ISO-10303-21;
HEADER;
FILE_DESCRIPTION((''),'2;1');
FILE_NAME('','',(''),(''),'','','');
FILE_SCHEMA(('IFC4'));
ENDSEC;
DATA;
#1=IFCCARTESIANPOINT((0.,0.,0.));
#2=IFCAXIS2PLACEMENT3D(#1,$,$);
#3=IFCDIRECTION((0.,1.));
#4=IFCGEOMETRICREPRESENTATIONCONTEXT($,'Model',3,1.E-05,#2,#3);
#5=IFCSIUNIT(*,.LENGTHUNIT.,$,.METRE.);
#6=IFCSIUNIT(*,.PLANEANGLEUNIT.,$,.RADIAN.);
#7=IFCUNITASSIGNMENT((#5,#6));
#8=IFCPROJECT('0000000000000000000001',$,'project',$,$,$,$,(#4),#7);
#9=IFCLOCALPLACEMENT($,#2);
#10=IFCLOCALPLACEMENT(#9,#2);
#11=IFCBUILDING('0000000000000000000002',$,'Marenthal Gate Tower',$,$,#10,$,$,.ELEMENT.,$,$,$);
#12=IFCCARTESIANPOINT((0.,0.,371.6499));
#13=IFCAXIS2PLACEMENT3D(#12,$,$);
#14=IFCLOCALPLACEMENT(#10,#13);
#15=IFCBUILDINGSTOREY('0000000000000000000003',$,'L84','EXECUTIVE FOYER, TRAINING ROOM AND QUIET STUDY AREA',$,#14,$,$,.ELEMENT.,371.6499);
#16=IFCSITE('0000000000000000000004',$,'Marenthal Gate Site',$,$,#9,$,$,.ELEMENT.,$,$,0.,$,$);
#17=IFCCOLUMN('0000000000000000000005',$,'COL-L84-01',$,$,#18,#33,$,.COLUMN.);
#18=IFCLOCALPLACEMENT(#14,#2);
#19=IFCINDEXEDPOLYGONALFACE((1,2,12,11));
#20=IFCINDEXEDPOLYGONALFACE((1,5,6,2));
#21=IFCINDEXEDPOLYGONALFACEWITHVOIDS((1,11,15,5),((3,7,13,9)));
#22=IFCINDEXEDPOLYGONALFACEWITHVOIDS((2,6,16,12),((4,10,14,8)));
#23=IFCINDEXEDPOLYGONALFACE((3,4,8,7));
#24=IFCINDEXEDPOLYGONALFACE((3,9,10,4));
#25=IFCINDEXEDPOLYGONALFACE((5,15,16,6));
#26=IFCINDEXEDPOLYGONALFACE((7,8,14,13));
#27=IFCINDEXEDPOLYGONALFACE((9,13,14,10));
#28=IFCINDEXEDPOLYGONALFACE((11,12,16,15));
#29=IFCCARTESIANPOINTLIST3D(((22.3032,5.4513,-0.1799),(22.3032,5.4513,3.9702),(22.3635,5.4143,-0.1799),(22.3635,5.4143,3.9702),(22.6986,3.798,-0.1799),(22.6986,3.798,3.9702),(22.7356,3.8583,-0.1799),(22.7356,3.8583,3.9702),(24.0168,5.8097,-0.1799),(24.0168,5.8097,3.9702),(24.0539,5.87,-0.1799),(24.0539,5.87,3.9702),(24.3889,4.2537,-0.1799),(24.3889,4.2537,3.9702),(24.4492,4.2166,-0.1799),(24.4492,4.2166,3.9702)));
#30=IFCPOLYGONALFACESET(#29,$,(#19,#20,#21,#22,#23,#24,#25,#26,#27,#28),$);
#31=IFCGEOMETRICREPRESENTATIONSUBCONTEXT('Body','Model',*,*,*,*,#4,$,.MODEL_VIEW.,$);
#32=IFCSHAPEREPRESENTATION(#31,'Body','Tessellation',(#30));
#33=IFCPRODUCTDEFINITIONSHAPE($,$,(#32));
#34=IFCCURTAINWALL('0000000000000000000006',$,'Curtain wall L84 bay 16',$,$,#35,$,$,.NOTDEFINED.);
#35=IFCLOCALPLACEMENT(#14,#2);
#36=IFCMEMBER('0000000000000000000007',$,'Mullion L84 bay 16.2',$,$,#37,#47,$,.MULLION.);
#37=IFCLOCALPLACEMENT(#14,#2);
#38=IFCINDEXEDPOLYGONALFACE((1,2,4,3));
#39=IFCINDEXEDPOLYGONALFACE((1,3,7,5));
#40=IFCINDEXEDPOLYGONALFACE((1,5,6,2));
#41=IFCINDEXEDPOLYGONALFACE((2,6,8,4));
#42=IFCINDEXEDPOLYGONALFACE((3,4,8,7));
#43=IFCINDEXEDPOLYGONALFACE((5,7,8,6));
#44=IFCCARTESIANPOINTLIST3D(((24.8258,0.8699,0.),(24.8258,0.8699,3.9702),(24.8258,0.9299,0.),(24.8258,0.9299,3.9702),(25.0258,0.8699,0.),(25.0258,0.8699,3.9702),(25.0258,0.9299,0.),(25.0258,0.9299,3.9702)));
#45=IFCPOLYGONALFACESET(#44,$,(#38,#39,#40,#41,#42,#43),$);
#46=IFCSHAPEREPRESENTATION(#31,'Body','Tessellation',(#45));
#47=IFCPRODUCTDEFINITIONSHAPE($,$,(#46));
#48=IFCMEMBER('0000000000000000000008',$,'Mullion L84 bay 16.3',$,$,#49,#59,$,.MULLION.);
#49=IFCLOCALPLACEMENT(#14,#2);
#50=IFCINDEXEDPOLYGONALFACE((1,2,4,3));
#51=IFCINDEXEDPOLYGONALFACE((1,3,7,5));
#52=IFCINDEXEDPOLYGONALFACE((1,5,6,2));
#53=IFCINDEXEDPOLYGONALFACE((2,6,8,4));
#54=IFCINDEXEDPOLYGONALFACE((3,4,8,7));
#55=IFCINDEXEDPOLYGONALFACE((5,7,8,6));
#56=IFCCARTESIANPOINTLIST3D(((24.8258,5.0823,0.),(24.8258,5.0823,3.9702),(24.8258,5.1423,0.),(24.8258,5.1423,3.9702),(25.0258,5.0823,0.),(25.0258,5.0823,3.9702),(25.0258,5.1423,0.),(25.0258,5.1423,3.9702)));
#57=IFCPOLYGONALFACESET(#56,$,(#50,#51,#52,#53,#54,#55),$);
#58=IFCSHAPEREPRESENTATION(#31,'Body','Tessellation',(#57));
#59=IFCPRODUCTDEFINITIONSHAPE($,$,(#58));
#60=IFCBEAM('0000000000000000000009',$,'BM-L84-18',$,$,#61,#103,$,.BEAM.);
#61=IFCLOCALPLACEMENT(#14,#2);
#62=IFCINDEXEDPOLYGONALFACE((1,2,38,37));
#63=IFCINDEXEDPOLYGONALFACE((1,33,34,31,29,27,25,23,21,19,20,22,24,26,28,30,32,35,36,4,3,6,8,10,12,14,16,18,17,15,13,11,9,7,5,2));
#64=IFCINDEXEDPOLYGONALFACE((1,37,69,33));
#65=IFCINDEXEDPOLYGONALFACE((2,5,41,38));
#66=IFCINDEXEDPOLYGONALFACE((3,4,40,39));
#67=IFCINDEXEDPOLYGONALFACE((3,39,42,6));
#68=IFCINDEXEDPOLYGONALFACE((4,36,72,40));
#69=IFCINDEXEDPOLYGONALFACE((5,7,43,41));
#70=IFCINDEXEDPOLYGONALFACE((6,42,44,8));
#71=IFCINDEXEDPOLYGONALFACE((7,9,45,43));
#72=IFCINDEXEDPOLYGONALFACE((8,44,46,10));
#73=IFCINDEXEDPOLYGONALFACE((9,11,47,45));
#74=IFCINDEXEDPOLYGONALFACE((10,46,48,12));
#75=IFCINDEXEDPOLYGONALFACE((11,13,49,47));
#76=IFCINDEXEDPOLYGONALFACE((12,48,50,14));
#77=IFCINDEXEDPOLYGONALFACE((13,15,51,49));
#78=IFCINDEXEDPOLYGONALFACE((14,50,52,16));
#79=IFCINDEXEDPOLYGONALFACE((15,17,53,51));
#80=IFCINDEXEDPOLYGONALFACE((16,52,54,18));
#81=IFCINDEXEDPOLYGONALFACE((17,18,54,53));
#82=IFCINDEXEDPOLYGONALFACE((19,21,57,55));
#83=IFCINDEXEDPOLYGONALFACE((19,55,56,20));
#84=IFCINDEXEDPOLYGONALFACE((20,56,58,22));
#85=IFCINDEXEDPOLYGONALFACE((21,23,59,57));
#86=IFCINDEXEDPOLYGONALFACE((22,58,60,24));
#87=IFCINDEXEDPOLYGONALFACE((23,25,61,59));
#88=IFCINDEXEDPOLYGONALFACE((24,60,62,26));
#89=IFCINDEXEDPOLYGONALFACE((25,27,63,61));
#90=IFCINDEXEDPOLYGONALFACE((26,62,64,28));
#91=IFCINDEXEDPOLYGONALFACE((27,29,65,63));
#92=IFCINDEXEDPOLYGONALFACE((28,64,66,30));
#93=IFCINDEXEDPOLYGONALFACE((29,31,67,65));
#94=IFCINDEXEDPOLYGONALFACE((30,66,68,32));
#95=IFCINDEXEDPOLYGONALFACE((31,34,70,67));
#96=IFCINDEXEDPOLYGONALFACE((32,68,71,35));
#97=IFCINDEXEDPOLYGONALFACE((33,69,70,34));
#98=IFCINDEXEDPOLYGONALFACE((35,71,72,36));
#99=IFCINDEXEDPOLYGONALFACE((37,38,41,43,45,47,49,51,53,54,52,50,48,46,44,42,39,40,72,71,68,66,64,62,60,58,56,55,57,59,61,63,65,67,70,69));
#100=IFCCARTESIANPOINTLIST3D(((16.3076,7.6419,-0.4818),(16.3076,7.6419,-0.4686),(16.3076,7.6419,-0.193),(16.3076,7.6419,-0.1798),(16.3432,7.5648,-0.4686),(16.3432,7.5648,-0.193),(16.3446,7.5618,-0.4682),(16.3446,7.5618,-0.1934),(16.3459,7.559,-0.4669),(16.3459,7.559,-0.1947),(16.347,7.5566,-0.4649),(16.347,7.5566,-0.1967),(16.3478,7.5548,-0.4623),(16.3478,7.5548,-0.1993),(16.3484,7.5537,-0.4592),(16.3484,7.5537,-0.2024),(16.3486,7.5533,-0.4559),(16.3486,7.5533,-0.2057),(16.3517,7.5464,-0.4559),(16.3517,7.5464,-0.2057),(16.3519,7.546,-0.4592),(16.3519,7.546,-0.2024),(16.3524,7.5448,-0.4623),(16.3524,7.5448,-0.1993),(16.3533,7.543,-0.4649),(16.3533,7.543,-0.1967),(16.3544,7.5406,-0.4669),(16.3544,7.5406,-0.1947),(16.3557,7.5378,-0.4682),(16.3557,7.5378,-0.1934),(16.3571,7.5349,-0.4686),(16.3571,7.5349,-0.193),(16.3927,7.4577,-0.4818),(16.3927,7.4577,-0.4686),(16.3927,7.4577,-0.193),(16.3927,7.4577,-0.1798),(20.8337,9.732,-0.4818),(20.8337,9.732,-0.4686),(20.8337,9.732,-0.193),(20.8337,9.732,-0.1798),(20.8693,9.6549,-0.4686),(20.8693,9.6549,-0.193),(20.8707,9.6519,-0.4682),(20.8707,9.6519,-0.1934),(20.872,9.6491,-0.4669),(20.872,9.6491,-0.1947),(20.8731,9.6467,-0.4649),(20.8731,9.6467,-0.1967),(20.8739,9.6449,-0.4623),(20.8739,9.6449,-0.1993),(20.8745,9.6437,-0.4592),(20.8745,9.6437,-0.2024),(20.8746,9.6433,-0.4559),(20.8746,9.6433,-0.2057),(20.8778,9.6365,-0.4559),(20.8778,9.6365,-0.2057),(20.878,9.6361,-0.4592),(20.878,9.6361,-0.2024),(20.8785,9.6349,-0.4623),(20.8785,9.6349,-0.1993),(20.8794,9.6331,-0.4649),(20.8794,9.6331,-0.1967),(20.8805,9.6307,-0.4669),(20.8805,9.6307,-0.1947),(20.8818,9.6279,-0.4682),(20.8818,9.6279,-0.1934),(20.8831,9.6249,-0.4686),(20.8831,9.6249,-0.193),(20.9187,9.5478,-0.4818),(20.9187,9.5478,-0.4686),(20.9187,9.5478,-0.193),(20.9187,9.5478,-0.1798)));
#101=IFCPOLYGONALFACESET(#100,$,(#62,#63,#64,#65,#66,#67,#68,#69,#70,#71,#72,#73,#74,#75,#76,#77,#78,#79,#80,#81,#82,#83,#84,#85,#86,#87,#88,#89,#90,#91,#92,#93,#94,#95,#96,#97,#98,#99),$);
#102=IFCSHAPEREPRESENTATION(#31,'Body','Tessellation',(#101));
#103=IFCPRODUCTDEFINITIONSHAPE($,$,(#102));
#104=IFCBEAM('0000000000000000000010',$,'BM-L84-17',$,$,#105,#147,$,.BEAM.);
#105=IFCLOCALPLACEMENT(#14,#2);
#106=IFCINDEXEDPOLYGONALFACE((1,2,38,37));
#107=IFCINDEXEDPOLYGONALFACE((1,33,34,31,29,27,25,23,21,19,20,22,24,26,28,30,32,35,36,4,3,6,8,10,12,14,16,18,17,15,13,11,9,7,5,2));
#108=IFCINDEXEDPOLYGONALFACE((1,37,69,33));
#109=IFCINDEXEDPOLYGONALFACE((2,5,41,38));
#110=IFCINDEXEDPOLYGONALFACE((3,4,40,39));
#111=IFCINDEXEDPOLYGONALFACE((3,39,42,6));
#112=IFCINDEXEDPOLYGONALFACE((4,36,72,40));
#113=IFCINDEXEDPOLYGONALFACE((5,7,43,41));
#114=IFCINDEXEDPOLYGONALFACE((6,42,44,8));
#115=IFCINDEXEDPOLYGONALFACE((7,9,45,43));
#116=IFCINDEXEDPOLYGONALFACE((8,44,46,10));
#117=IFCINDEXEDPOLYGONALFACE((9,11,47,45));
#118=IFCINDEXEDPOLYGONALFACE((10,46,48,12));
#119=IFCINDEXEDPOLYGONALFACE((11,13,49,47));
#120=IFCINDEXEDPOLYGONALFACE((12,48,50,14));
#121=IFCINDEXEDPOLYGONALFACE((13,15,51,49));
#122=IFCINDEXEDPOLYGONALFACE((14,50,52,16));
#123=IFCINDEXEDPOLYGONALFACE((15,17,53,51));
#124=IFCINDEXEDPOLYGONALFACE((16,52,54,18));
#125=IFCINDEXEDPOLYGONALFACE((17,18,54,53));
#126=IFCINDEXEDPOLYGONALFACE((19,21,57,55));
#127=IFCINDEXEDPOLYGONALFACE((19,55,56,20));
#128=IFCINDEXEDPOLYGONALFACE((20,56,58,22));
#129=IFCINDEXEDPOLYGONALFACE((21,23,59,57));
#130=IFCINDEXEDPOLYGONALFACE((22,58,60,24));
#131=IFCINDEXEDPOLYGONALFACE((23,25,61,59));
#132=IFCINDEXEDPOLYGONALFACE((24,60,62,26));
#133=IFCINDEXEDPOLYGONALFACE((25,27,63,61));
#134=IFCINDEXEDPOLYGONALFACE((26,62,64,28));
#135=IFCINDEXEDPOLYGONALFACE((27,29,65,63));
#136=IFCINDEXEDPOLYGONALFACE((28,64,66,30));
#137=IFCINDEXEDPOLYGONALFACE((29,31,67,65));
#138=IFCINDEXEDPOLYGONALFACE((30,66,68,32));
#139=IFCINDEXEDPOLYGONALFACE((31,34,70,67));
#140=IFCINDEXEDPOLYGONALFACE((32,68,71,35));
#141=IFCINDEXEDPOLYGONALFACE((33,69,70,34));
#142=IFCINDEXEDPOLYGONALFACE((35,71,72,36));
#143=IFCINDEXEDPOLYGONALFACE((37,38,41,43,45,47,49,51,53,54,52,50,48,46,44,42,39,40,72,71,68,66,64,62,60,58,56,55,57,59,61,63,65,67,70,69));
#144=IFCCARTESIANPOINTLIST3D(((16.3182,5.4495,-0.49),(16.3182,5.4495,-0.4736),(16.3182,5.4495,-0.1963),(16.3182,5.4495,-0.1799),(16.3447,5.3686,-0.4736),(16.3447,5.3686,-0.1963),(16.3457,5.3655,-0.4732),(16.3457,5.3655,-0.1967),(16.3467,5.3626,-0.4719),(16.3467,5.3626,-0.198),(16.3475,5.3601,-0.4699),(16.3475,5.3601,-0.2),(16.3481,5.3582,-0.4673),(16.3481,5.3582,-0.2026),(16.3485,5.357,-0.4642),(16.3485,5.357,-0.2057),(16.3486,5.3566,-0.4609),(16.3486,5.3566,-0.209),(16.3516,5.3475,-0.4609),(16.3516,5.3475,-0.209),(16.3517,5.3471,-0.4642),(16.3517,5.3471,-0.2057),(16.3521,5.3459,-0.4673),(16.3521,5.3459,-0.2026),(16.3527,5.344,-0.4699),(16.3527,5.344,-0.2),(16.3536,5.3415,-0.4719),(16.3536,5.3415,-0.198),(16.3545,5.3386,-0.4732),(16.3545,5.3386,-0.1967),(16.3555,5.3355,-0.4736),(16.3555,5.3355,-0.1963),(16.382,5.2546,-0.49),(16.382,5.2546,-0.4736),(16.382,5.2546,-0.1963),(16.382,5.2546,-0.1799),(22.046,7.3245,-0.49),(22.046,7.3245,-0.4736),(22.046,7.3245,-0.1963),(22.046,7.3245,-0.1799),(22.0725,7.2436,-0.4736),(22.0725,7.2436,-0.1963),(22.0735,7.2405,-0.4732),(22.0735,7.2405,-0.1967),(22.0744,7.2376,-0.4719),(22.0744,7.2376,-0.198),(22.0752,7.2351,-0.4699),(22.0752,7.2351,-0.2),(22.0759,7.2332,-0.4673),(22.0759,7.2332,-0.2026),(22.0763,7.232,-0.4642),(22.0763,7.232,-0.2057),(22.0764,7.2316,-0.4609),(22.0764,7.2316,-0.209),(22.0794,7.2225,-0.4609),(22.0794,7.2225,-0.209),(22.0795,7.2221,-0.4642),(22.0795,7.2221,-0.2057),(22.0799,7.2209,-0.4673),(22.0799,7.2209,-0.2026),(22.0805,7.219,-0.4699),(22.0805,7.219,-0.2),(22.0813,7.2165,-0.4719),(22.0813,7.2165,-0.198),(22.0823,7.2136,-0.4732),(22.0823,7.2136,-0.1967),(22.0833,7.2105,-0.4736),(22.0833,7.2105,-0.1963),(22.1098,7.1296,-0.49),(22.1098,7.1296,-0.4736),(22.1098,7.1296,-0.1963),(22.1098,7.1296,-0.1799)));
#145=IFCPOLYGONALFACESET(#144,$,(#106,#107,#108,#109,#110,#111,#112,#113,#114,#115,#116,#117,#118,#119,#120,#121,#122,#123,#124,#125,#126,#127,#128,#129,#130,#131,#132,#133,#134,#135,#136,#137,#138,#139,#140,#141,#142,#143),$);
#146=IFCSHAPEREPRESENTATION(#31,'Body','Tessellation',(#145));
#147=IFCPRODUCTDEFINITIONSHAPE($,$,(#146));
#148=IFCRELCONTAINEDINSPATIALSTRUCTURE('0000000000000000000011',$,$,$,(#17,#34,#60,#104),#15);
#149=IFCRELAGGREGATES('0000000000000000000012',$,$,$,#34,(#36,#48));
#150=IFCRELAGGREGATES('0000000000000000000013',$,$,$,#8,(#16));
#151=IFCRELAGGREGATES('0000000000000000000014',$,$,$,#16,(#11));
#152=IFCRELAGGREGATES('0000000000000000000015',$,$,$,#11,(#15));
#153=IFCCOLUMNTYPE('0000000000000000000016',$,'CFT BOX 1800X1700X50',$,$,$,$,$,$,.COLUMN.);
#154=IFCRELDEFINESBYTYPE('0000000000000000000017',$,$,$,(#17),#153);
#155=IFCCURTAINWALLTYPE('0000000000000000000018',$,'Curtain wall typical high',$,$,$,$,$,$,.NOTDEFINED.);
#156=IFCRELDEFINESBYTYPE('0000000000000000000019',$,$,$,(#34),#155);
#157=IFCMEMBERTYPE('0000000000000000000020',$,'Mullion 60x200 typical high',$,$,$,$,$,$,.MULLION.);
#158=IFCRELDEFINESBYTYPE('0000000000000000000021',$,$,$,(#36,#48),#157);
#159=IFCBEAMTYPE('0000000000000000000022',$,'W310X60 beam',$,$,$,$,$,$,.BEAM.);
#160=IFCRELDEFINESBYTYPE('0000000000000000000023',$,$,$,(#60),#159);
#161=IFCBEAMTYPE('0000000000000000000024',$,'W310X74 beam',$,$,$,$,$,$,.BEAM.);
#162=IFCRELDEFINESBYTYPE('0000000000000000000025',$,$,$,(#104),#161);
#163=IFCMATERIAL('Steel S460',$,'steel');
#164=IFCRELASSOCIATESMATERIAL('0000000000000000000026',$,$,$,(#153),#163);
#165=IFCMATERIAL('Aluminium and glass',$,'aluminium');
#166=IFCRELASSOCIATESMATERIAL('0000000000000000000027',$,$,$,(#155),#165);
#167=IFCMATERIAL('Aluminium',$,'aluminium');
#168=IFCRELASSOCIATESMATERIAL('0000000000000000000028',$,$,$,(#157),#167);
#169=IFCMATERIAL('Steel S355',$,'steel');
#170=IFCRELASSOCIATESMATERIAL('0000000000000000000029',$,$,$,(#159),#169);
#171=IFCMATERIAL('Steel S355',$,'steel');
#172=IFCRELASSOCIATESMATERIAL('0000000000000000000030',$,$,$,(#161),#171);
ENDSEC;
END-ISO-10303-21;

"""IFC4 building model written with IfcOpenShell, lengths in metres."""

from ifc_helpers import new_model, si_unit, direction, frame, origin, origin_2d, place, context, subcontext, project, spatial, rectangle, hollow_rectangle, i_section, extrude, material, material_profile, profile_set, type_object, element, aggregate, save


model = new_model("IFC4")

# Units and contexts
model_context = context("Model", 3, precision=1e-05, world=origin(), true_north=direction((0.0, 1.0)))
body_context = subcontext(model_context, "Body", "Model", "MODEL_VIEW")
ifc_project = project(units=[si_unit("LENGTHUNIT", "METRE"), si_unit("PLANEANGLEUNIT", "RADIAN")], contexts=[model_context])

# Site, building, storey
site_placement = place(None, origin())
site = spatial("IfcSite", under=ifc_project, at=site_placement, Name="Marenthal Gate Site", CompositionType="ELEMENT", RefElevation=0.0)
building_placement = place(site_placement, origin())
building = spatial("IfcBuilding", under=site, at=building_placement, Name="Marenthal Gate Tower", CompositionType="ELEMENT")
storey_placement = place(building_placement, frame((0.0, 0.0, 371.6499)))
storey = spatial("IfcBuildingStorey", under=building, at=storey_placement, Name="L84", Description="EXECUTIVE FOYER, TRAINING ROOM AND QUIET STUDY AREA", CompositionType="ELEMENT", Elevation=371.6499)

# Column
ifc_material_1 = material(Name="Steel S460", Category="steel")
ifc_material_profile_1 = material_profile(ifc_material_1, hollow_rectangle(XDim=1.7, YDim=1.8, WallThickness=0.05, at=origin_2d()), Name="CFT BOX 1800X1700X50")
ifc_material_2 = material(Name="Concrete 70 MPa", Category="concrete")
ifc_material_profile_2 = material_profile(ifc_material_2, rectangle(XDim=1.6001, YDim=1.7, at=origin_2d()), Name="CFT BOX 1800X1700X50 INFILL")
ifc_profile_set_1 = profile_set([ifc_material_profile_1, ifc_material_profile_2], Name="Steel S460 shell, Concrete 70 MPa infill")
column_type = type_object("IfcColumnType", Name="CFT BOX 1800X1700X50", PredefinedType="COLUMN", material=ifc_profile_set_1)
column_placement = place(storey_placement, frame((23.3762, 4.834, -0.1799), z_axis=(0.0, 0.0, 1.0), x_axis=(0.232571, -0.972579, 0.0)))
element("IfcColumn", 1, at=column_placement, inside=storey, type_object=column_type, Name="COL-L84-01", PredefinedType="COLUMN", context=body_context, shape_type="SweptSolid", body=[
    extrude(hollow_rectangle(XDim=1.7, YDim=1.8, WallThickness=0.05, at=origin_2d()), origin(), (0.0, 0.0, 1.0), 4.1501),
])

# Curtain wall, members
ifc_material_3 = material(Name="Aluminium and glass", Category="aluminium")
curtain_wall_type = type_object("IfcCurtainWallType", Name="Curtain wall typical high", PredefinedType="NOTDEFINED", material=ifc_material_3)
curtain_wall_placement = place(storey_placement, origin())
curtain_wall = element("IfcCurtainWall", 2, at=curtain_wall_placement, inside=storey, type_object=curtain_wall_type, Name="Curtain wall L84 bay 16", PredefinedType="NOTDEFINED")
ifc_material_4 = material(Name="Aluminium", Category="aluminium")
ifc_material_profile_3 = material_profile(ifc_material_4, rectangle(XDim=0.2, YDim=0.0601, at=origin_2d()), Name="60x200 aluminium mullion")
ifc_profile_set_2 = profile_set([ifc_material_profile_3], Name="Aluminium")
member_type = type_object("IfcMemberType", Name="Mullion 60x200 typical high", PredefinedType="MULLION", material=ifc_profile_set_2)
member_1_placement = place(storey_placement, frame((24.9258, 0.8999, 0.0), z_axis=(0.0, 0.0, 1.0), x_axis=(-1.0, 0.0, 0.0)))
member_1 = element("IfcMember", 3, at=member_1_placement, type_object=member_type, Name="Mullion L84 bay 16.2", PredefinedType="MULLION", context=body_context, shape_type="SweptSolid", body=[
    extrude(rectangle(XDim=0.2, YDim=0.0601, at=origin_2d()), origin(), (0.0, 0.0, 1.0), 3.9702),
])
member_2_placement = place(storey_placement, frame((24.9258, 5.1123, 0.0), z_axis=(0.0, 0.0, 1.0), x_axis=(-1.0, 0.0, 0.0)))
member_2 = element("IfcMember", 4, at=member_2_placement, type_object=member_type, Name="Mullion L84 bay 16.3", PredefinedType="MULLION", context=body_context, shape_type="SweptSolid", body=[
    extrude(rectangle(XDim=0.2, YDim=0.0601, at=origin_2d()), origin(), (0.0, 0.0, 1.0), 3.9702),
])

# Beams
ifc_material_5 = material(Name="Steel S355", Category="steel")
ifc_material_profile_4 = material_profile(ifc_material_5, i_section(OverallWidth=0.2029, OverallDepth=0.302, WebThickness=0.0076, FlangeThickness=0.0132, FilletRadius=0.0127, at=origin_2d()), Name="W310X60")
ifc_profile_set_3 = profile_set([ifc_material_profile_4], Name="Steel S355")
beam_type_1 = type_object("IfcBeamType", Name="W310X60 beam", PredefinedType="BEAM", material=ifc_profile_set_3)
beam_1_placement = place(storey_placement, frame((20.8762, 9.6399, -0.3308), z_axis=(-0.907875, -0.419241, 0.0), x_axis=(0.419241, -0.907875, 0.0)))
element("IfcBeam", 5, at=beam_1_placement, inside=storey, type_object=beam_type_1, Name="BM-L84-18", PredefinedType="BEAM", context=body_context, shape_type="SweptSolid", body=[
    extrude(i_section(OverallWidth=0.2029, OverallDepth=0.302, WebThickness=0.0076, FlangeThickness=0.0132, FilletRadius=0.0127, at=origin_2d()), origin(), (0.0, 0.0, 1.0), 4.9854),
])
ifc_material_6 = material(Name="Steel S355", Category="steel")
ifc_material_profile_5 = material_profile(ifc_material_6, i_section(OverallWidth=0.2051, OverallDepth=0.3101, WebThickness=0.0095, FlangeThickness=0.0164, FilletRadius=0.0127, at=origin_2d()), Name="W310X74")
ifc_profile_set_4 = profile_set([ifc_material_profile_5], Name="Steel S355")
beam_type_2 = type_object("IfcBeamType", Name="W310X74 beam", PredefinedType="BEAM", material=ifc_profile_set_4)
beam_2_placement = place(storey_placement, frame((22.0779, 7.2271, -0.335), z_axis=(-0.950375, -0.311107, 0.0), x_axis=(0.311107, -0.950375, 0.0)))
element("IfcBeam", 6, at=beam_2_placement, inside=storey, type_object=beam_type_2, Name="BM-L84-17", PredefinedType="BEAM", context=body_context, shape_type="SweptSolid", body=[
    extrude(i_section(OverallWidth=0.2051, OverallDepth=0.3101, WebThickness=0.0095, FlangeThickness=0.0164, FilletRadius=0.0127, at=origin_2d()), origin(), (0.0, 0.0, 1.0), 6.0269),
])

aggregate(curtain_wall, [member_1, member_2])

save(model, "model.ifc")
